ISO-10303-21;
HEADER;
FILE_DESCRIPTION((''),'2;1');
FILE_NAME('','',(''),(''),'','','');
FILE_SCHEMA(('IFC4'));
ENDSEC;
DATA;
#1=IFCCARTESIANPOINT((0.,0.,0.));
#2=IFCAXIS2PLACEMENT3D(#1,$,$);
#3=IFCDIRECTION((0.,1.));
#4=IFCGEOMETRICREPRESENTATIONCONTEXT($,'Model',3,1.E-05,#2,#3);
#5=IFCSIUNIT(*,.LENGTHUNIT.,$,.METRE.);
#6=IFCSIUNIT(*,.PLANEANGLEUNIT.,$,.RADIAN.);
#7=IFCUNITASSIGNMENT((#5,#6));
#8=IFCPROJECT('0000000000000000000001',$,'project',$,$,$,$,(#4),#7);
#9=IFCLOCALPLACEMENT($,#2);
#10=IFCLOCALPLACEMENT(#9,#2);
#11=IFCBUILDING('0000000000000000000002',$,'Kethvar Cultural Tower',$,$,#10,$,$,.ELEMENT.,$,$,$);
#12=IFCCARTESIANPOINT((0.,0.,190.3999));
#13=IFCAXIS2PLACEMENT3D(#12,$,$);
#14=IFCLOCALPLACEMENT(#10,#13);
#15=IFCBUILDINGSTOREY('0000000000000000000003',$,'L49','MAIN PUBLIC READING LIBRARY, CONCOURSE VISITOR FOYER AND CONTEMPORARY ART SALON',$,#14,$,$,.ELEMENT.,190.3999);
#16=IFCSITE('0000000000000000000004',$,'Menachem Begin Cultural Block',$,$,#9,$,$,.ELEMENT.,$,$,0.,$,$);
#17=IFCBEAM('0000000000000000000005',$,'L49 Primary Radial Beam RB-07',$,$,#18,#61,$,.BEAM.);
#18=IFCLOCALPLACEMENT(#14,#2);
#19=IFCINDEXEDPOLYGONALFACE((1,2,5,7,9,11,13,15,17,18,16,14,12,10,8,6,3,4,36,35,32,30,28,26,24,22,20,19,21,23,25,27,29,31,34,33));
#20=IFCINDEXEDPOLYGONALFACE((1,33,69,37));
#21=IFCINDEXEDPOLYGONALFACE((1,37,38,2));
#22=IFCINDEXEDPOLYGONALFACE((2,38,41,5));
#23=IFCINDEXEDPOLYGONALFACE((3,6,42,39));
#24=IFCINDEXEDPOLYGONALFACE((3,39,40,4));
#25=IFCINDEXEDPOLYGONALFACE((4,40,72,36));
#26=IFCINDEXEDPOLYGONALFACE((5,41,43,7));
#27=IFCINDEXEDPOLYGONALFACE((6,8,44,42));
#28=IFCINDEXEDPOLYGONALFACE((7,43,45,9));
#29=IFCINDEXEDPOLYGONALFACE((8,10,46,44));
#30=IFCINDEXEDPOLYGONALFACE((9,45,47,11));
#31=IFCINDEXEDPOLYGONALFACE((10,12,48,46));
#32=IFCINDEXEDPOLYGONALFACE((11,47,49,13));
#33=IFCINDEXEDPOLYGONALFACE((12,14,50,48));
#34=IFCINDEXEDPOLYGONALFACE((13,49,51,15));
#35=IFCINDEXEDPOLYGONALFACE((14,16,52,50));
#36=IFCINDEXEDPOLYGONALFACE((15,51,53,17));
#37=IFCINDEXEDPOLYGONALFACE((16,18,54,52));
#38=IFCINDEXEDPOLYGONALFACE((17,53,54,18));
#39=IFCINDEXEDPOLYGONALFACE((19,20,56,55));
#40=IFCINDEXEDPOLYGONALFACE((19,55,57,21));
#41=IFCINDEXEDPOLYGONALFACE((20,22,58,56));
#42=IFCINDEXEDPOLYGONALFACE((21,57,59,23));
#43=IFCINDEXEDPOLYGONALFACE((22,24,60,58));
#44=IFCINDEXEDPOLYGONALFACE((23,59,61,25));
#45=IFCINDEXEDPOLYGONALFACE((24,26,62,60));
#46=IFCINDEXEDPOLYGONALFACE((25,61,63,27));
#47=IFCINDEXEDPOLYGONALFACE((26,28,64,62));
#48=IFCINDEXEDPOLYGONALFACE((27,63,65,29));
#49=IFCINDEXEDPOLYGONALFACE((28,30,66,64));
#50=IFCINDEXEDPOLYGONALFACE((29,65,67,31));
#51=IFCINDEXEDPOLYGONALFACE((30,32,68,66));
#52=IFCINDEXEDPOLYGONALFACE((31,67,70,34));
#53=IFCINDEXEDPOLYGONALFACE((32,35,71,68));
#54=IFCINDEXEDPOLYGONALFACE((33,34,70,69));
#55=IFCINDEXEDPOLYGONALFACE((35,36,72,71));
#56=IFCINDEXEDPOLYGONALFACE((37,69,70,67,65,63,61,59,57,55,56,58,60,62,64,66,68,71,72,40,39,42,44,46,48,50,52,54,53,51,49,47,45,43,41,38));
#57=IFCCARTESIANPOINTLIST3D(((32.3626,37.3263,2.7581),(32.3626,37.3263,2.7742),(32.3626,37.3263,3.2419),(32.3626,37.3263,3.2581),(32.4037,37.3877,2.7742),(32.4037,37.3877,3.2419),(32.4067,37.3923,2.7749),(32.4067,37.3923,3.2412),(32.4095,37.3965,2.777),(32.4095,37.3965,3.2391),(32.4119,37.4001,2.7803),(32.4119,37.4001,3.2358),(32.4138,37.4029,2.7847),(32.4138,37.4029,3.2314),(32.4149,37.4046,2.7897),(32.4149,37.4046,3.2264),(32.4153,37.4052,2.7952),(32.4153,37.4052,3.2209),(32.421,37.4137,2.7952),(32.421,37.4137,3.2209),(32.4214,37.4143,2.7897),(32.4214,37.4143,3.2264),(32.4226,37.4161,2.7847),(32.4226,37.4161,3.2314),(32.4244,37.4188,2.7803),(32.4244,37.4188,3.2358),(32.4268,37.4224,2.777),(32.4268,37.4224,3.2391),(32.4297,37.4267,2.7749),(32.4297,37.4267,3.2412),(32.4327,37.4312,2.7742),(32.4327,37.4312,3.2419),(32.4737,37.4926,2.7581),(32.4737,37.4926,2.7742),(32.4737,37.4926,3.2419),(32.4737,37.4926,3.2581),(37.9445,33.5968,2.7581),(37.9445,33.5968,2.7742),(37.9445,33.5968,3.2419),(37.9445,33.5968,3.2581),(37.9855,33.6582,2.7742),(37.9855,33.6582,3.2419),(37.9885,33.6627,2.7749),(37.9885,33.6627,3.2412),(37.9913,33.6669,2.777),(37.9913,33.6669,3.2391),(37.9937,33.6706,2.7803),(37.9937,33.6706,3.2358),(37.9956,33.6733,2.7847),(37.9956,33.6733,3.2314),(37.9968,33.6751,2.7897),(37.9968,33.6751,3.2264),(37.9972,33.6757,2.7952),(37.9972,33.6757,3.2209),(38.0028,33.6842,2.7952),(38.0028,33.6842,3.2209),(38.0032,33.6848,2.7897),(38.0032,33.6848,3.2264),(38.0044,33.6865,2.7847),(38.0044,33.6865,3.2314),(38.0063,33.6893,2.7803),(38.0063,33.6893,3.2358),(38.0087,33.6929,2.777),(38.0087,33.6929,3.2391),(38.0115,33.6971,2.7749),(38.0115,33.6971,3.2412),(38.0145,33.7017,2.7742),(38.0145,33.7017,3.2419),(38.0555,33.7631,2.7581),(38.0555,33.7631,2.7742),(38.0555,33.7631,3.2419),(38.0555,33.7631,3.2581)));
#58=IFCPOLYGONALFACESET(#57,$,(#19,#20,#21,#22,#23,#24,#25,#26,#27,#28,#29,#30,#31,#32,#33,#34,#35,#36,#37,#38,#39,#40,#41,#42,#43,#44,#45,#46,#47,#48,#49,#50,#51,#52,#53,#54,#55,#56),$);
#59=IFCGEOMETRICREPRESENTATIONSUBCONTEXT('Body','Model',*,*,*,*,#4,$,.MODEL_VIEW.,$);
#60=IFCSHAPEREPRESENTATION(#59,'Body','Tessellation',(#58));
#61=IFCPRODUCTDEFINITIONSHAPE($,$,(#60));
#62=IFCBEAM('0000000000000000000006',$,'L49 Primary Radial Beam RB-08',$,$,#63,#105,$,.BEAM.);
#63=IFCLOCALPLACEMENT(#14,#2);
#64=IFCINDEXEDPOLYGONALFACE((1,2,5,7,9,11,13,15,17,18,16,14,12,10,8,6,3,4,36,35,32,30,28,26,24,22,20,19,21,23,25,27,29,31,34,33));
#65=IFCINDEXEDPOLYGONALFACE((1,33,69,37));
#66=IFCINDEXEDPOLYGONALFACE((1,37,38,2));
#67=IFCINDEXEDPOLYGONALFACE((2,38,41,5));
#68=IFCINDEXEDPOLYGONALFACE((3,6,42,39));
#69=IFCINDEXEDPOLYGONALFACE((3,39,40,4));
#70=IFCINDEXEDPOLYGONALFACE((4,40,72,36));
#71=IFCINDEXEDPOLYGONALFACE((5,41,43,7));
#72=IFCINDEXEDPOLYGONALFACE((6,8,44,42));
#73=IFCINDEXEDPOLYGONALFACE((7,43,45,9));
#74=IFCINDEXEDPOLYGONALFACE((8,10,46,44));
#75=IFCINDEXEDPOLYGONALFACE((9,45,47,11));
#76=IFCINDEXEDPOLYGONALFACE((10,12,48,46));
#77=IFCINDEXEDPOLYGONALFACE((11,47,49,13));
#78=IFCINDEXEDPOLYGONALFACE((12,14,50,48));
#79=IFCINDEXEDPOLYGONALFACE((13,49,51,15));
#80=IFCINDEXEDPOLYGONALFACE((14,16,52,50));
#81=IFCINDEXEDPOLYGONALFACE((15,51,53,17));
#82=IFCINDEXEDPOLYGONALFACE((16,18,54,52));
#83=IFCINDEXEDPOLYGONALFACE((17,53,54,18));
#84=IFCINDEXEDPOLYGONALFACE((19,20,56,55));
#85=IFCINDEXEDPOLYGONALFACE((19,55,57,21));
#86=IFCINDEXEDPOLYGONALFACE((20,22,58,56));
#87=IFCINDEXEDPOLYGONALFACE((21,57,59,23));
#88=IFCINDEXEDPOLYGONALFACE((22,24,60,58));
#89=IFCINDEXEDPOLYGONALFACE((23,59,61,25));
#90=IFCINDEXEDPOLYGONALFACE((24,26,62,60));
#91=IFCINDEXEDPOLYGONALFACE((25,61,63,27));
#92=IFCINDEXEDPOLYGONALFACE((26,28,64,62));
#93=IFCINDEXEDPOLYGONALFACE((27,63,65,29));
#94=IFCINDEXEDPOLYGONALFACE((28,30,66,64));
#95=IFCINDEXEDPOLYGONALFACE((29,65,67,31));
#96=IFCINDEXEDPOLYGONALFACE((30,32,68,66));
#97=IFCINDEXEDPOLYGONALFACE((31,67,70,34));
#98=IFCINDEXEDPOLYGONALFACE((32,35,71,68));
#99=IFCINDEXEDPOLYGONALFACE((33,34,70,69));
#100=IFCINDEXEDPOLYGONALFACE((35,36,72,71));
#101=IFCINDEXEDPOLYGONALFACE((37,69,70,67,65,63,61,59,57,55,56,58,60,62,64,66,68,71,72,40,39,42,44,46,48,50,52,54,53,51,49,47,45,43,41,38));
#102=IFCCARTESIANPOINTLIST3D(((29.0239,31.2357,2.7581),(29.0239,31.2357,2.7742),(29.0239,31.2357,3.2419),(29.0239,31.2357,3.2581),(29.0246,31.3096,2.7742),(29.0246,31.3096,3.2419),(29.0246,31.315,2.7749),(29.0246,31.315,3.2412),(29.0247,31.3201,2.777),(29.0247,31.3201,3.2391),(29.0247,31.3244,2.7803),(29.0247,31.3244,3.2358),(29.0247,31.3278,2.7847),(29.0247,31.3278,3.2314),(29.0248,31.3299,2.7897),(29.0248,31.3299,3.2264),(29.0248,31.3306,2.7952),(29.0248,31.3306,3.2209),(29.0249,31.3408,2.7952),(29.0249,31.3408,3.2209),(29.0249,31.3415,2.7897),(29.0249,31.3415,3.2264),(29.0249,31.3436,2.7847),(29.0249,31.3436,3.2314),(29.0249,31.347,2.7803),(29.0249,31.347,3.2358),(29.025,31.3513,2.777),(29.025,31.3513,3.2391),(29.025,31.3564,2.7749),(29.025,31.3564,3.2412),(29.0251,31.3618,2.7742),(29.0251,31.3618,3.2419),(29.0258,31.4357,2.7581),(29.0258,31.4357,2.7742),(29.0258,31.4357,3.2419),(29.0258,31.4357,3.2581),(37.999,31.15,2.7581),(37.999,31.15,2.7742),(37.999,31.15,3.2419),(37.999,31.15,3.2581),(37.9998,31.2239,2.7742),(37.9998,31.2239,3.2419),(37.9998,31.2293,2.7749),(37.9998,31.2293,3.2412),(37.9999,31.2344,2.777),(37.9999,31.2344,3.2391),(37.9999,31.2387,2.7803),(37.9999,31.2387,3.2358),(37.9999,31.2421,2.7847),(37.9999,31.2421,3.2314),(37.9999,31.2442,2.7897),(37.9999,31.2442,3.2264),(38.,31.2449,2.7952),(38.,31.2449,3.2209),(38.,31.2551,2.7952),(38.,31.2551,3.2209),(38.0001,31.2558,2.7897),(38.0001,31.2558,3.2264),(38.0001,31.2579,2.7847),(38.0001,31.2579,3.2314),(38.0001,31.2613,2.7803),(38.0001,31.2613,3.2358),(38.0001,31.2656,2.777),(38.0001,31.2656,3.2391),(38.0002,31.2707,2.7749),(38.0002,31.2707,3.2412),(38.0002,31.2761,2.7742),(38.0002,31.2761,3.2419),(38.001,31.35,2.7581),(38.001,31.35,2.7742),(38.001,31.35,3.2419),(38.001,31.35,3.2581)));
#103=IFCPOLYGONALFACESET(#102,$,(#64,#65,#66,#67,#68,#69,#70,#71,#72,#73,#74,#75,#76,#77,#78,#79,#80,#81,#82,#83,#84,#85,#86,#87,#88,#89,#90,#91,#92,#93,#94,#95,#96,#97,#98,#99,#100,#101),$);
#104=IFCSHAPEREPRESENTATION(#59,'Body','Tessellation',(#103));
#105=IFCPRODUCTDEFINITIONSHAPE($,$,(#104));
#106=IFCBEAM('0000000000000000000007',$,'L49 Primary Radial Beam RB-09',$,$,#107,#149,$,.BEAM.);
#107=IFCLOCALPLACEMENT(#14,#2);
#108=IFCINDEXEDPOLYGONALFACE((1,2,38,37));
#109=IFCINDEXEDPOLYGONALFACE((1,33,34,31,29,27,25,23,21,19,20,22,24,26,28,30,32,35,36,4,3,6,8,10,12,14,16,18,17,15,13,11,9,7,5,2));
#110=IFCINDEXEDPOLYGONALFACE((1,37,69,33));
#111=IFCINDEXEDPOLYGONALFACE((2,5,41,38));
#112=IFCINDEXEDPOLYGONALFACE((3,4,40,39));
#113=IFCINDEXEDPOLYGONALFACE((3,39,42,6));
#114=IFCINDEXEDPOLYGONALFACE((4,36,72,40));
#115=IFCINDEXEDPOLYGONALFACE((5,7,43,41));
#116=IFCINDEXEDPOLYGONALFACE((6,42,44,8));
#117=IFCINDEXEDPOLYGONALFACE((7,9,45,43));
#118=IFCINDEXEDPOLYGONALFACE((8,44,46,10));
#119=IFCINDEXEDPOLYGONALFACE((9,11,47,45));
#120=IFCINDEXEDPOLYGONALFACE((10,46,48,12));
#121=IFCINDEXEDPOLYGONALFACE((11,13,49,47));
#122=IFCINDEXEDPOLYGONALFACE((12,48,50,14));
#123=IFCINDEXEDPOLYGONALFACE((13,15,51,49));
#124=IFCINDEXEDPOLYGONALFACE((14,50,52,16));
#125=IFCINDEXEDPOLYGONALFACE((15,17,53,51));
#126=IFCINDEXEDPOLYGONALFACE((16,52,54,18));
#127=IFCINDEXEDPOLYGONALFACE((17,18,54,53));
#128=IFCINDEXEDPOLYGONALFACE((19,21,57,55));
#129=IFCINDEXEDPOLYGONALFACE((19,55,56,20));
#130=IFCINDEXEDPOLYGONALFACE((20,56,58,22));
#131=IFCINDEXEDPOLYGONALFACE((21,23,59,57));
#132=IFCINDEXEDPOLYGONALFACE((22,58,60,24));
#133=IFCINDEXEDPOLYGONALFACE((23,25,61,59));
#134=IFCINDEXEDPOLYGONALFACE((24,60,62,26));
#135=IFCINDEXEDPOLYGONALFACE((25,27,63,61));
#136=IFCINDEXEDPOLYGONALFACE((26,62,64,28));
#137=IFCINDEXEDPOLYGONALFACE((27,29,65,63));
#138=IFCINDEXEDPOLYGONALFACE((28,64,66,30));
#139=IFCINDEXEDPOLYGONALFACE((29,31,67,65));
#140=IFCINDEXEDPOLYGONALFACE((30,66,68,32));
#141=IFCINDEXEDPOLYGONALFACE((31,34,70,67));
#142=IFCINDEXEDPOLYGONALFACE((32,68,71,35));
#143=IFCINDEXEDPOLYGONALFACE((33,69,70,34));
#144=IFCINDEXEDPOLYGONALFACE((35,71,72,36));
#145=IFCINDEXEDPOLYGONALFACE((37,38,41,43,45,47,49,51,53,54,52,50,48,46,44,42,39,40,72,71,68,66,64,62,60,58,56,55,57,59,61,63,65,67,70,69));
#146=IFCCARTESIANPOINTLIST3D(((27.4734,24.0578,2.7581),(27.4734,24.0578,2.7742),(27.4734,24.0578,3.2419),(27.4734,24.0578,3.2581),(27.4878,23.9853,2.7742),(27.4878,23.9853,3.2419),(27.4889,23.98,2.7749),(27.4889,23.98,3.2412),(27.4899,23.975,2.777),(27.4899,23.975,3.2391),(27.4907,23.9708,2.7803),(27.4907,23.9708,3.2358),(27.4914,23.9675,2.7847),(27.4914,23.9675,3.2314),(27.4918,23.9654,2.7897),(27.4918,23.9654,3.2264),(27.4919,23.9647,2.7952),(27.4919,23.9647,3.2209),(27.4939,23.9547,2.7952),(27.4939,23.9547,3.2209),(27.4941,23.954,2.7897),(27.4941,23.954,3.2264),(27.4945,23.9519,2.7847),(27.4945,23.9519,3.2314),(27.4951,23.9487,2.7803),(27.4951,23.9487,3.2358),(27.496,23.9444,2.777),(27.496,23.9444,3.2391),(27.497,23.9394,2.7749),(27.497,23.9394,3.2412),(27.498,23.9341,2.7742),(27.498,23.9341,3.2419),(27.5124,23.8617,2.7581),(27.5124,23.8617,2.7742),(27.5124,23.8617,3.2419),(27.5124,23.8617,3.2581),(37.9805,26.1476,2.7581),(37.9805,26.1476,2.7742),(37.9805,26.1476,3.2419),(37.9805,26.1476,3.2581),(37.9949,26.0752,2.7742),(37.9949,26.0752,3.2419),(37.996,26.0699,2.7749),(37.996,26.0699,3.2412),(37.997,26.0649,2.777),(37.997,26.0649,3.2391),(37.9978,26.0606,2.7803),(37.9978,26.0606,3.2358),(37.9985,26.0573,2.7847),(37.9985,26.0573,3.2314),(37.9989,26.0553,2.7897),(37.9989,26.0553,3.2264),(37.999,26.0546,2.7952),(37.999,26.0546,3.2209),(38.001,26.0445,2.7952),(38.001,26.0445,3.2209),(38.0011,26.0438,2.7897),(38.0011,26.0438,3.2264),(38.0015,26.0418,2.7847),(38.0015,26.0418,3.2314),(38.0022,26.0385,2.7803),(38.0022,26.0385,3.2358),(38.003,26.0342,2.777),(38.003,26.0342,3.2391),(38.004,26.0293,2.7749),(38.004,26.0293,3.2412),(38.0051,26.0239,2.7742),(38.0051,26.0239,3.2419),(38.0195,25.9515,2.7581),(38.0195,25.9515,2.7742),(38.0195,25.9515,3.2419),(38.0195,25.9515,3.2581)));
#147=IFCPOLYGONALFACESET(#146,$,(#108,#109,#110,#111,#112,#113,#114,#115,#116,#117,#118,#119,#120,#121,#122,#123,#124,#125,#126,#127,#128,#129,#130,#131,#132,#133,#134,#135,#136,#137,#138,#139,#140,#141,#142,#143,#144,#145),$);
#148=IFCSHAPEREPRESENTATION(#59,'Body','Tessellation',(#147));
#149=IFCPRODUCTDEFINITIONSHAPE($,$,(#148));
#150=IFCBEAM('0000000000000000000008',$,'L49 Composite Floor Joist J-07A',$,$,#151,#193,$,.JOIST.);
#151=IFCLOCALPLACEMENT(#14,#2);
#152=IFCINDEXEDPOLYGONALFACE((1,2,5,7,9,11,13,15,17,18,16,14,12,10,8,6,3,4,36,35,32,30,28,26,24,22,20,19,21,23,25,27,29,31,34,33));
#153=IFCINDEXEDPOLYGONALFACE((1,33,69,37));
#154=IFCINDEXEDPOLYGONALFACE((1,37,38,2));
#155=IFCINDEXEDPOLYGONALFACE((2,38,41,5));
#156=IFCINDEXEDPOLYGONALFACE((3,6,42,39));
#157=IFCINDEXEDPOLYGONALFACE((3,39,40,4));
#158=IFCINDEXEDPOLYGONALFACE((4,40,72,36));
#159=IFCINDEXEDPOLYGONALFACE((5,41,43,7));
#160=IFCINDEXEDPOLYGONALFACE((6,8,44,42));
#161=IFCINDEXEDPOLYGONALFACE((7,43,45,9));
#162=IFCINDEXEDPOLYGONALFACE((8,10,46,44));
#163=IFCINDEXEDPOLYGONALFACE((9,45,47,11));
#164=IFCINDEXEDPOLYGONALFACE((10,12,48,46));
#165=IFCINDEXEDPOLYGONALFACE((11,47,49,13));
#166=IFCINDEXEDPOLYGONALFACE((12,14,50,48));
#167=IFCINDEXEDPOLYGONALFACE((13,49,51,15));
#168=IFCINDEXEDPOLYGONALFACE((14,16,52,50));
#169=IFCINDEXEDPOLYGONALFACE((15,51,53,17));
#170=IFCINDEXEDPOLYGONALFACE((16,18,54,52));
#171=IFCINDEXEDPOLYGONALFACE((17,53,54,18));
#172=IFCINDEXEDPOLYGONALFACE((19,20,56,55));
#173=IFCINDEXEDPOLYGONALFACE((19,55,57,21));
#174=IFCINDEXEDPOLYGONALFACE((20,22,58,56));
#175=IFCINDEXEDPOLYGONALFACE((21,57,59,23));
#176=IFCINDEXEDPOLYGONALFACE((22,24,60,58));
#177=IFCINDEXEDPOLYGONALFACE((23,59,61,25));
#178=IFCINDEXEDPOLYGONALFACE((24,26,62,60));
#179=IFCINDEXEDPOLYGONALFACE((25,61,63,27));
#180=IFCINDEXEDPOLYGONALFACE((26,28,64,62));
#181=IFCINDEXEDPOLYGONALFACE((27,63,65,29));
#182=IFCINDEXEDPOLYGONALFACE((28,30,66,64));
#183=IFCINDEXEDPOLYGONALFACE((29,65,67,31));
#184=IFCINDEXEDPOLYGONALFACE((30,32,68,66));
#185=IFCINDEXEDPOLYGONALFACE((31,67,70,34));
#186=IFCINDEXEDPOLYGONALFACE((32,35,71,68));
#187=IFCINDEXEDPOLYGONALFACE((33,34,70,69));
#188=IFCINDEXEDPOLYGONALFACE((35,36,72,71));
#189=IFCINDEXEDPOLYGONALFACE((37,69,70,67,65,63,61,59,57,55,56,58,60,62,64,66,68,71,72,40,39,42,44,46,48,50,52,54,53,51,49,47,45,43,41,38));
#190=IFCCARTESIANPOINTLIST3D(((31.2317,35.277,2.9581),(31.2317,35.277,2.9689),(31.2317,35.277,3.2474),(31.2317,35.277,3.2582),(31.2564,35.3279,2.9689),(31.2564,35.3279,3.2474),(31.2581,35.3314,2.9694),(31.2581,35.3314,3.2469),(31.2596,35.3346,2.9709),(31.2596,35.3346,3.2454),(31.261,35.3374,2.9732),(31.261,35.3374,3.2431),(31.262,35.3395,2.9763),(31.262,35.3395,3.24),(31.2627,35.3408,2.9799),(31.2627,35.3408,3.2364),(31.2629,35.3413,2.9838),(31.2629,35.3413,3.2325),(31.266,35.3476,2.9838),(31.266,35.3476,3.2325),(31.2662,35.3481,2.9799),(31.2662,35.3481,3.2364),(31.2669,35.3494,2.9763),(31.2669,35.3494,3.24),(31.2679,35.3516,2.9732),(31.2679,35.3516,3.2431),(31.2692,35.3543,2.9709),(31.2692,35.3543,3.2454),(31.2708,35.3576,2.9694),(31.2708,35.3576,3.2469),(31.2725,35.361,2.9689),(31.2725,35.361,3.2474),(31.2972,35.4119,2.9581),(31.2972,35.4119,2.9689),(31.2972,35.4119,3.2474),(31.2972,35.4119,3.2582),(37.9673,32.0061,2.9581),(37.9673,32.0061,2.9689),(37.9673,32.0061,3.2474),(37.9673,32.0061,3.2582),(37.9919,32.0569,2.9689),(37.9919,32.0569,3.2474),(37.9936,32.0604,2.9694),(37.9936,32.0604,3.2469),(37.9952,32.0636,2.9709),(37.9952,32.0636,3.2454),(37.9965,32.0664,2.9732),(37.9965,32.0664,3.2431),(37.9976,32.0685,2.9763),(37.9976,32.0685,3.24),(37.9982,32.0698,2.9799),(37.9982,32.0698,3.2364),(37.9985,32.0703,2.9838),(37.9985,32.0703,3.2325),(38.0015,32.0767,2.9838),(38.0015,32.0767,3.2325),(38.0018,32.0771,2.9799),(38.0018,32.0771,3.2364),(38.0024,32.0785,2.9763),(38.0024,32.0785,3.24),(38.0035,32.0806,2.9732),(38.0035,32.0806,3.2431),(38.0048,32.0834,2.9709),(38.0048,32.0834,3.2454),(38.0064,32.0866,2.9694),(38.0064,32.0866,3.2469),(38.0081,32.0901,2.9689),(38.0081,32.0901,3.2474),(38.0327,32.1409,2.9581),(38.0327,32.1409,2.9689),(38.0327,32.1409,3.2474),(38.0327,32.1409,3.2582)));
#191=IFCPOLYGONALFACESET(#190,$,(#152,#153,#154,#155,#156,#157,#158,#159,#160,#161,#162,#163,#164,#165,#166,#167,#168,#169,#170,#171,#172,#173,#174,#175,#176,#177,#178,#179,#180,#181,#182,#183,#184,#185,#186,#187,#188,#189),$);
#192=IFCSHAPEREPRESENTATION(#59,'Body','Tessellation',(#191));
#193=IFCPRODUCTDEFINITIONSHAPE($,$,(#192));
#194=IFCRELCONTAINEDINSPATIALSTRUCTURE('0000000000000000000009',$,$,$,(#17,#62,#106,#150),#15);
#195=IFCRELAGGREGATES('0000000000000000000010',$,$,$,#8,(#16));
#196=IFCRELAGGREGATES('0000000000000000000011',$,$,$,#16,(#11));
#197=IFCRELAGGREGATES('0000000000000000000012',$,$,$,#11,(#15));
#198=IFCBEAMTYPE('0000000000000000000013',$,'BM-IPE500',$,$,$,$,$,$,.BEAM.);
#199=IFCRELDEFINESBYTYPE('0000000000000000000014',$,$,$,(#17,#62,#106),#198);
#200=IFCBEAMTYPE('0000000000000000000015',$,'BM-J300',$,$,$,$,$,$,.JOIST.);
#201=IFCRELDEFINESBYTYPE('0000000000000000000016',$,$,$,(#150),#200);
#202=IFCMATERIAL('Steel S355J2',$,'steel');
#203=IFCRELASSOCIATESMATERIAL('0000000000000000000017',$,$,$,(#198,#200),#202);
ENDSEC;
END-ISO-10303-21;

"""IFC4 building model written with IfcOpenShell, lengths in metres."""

from ifc_helpers import new_model, si_unit, direction, frame, origin, origin_2d, place, context, subcontext, project, spatial, i_section, extrude, source, transform, mapped, material, material_profile, profile_set, type_object, element, save


model = new_model("IFC4")

# Units and contexts
model_context = context("Model", 3, precision=1e-05, world=origin(), true_north=direction((0.0, 1.0)))
body_context = subcontext(model_context, "Body", "Model", "MODEL_VIEW")
ifc_project = project(units=[si_unit("LENGTHUNIT", "METRE"), si_unit("PLANEANGLEUNIT", "RADIAN")], contexts=[model_context])

# Site, building, storey
site_placement = place(None, origin())
site = spatial("IfcSite", under=ifc_project, at=site_placement, Name="Menachem Begin Cultural Block", CompositionType="ELEMENT", RefElevation=0.0)
building_placement = place(site_placement, origin())
building = spatial("IfcBuilding", under=site, at=building_placement, Name="Kethvar Cultural Tower", CompositionType="ELEMENT")
storey_placement = place(building_placement, frame((0.0, 0.0, 190.3999)))
storey = spatial("IfcBuildingStorey", under=building, at=storey_placement, Name="L49", Description="MAIN PUBLIC READING LIBRARY, CONCOURSE VISITOR FOYER AND CONTEMPORARY ART SALON", CompositionType="ELEMENT", Elevation=190.3999)

# Beams
ifc_material_1 = material(Name="Steel S355J2", Category="steel")
ifc_material_profile_1 = material_profile(ifc_material_1, i_section(OverallWidth=0.2, OverallDepth=0.5, WebThickness=0.0103, FlangeThickness=0.0161, FilletRadius=0.021, at=origin_2d()), Name="Steel S355J2 — IPE500")
ifc_profile_set_1 = profile_set([ifc_material_profile_1], Name="Steel S355J2 — IPE500")
beam_type_1 = type_object("IfcBeamType", Name="BM-IPE500", PredefinedType="BEAM", material=ifc_profile_set_1)
shared_shape_1 = source(origin(), body_context, "Body", "SweptSolid", [
    extrude(i_section(OverallWidth=0.2, OverallDepth=0.5, WebThickness=0.0103, FlangeThickness=0.0161, FilletRadius=0.021, at=origin_2d()), origin(), (0.0, 0.0, 1.0), 6.7131),
])
beam_1_placement = place(storey_placement, frame((38.0, 33.6799, 3.0081), z_axis=(-0.831479, 0.555556, 0.0), x_axis=(-0.555556, -0.831479, 0.0)))
element("IfcBeam", 1, at=beam_1_placement, inside=storey, type_object=beam_type_1, Name="L49 Primary Radial Beam RB-07", PredefinedType="BEAM", context=body_context, shape_type="MappedRepresentation", body=[
    mapped(shared_shape_1, transform((0.0, 0.0, 0.0), scale=1.0)),
])
shared_shape_2 = source(origin(), body_context, "Body", "SweptSolid", [
    extrude(i_section(OverallWidth=0.2, OverallDepth=0.5, WebThickness=0.0103, FlangeThickness=0.0161, FilletRadius=0.021, at=origin_2d()), origin(), (0.0, 0.0, 1.0), 8.9756),
])
beam_2_placement = place(storey_placement, frame((38.0, 31.25, 3.0081), z_axis=(-0.999954, 0.009547, 0.0), x_axis=(-0.009547, -0.999954, 0.0)))
element("IfcBeam", 2, at=beam_2_placement, inside=storey, type_object=beam_type_1, Name="L49 Primary Radial Beam RB-08", PredefinedType="BEAM", context=body_context, shape_type="MappedRepresentation", body=[
    mapped(shared_shape_2, transform((0.0, 0.0, 0.0), scale=1.0)),
])
shared_shape_3 = source(origin(), body_context, "Body", "SweptSolid", [
    extrude(i_section(OverallWidth=0.2, OverallDepth=0.5, WebThickness=0.0103, FlangeThickness=0.0161, FilletRadius=0.021, at=origin_2d()), origin(), (0.0, 0.0, 1.0), 10.7129),
])
beam_3_placement = place(storey_placement, frame((38.0, 26.0496, 3.0081), z_axis=(-0.980788, -0.195077, 0.0), x_axis=(0.195077, -0.980788, 0.0)))
element("IfcBeam", 3, at=beam_3_placement, inside=storey, type_object=beam_type_1, Name="L49 Primary Radial Beam RB-09", PredefinedType="BEAM", context=body_context, shape_type="MappedRepresentation", body=[
    mapped(shared_shape_3, transform((0.0, 0.0, 0.0), scale=1.0)),
])
ifc_material_profile_2 = material_profile(ifc_material_1, i_section(OverallWidth=0.1499, OverallDepth=0.3, WebThickness=0.0071, FlangeThickness=0.0107, FilletRadius=0.0149, at=origin_2d()), Name="Steel S355J2 — IPE300")
ifc_profile_set_2 = profile_set([ifc_material_profile_2], Name="Steel S355J2 — IPE300")
beam_type_2 = type_object("IfcBeamType", Name="BM-J300", PredefinedType="JOIST", material=ifc_profile_set_2)
shared_shape_4 = source(origin(), body_context, "Body", "SweptSolid", [
    extrude(i_section(OverallWidth=0.1499, OverallDepth=0.3, WebThickness=0.0071, FlangeThickness=0.0107, FilletRadius=0.0149, at=origin_2d()), origin(), (0.0, 0.0, 1.0), 7.4878),
])
beam_4_placement = place(storey_placement, frame((38.0, 32.0735, 3.1082), z_axis=(-0.899539, 0.436841, 0.0), x_axis=(-0.436841, -0.899539, 0.0)))
element("IfcBeam", 4, at=beam_4_placement, inside=storey, type_object=beam_type_2, Name="L49 Composite Floor Joist J-07A", PredefinedType="JOIST", context=body_context, shape_type="MappedRepresentation", body=[
    mapped(shared_shape_4, transform((0.0, 0.0, 0.0), scale=1.0)),
])

save(model, "model.ifc")
